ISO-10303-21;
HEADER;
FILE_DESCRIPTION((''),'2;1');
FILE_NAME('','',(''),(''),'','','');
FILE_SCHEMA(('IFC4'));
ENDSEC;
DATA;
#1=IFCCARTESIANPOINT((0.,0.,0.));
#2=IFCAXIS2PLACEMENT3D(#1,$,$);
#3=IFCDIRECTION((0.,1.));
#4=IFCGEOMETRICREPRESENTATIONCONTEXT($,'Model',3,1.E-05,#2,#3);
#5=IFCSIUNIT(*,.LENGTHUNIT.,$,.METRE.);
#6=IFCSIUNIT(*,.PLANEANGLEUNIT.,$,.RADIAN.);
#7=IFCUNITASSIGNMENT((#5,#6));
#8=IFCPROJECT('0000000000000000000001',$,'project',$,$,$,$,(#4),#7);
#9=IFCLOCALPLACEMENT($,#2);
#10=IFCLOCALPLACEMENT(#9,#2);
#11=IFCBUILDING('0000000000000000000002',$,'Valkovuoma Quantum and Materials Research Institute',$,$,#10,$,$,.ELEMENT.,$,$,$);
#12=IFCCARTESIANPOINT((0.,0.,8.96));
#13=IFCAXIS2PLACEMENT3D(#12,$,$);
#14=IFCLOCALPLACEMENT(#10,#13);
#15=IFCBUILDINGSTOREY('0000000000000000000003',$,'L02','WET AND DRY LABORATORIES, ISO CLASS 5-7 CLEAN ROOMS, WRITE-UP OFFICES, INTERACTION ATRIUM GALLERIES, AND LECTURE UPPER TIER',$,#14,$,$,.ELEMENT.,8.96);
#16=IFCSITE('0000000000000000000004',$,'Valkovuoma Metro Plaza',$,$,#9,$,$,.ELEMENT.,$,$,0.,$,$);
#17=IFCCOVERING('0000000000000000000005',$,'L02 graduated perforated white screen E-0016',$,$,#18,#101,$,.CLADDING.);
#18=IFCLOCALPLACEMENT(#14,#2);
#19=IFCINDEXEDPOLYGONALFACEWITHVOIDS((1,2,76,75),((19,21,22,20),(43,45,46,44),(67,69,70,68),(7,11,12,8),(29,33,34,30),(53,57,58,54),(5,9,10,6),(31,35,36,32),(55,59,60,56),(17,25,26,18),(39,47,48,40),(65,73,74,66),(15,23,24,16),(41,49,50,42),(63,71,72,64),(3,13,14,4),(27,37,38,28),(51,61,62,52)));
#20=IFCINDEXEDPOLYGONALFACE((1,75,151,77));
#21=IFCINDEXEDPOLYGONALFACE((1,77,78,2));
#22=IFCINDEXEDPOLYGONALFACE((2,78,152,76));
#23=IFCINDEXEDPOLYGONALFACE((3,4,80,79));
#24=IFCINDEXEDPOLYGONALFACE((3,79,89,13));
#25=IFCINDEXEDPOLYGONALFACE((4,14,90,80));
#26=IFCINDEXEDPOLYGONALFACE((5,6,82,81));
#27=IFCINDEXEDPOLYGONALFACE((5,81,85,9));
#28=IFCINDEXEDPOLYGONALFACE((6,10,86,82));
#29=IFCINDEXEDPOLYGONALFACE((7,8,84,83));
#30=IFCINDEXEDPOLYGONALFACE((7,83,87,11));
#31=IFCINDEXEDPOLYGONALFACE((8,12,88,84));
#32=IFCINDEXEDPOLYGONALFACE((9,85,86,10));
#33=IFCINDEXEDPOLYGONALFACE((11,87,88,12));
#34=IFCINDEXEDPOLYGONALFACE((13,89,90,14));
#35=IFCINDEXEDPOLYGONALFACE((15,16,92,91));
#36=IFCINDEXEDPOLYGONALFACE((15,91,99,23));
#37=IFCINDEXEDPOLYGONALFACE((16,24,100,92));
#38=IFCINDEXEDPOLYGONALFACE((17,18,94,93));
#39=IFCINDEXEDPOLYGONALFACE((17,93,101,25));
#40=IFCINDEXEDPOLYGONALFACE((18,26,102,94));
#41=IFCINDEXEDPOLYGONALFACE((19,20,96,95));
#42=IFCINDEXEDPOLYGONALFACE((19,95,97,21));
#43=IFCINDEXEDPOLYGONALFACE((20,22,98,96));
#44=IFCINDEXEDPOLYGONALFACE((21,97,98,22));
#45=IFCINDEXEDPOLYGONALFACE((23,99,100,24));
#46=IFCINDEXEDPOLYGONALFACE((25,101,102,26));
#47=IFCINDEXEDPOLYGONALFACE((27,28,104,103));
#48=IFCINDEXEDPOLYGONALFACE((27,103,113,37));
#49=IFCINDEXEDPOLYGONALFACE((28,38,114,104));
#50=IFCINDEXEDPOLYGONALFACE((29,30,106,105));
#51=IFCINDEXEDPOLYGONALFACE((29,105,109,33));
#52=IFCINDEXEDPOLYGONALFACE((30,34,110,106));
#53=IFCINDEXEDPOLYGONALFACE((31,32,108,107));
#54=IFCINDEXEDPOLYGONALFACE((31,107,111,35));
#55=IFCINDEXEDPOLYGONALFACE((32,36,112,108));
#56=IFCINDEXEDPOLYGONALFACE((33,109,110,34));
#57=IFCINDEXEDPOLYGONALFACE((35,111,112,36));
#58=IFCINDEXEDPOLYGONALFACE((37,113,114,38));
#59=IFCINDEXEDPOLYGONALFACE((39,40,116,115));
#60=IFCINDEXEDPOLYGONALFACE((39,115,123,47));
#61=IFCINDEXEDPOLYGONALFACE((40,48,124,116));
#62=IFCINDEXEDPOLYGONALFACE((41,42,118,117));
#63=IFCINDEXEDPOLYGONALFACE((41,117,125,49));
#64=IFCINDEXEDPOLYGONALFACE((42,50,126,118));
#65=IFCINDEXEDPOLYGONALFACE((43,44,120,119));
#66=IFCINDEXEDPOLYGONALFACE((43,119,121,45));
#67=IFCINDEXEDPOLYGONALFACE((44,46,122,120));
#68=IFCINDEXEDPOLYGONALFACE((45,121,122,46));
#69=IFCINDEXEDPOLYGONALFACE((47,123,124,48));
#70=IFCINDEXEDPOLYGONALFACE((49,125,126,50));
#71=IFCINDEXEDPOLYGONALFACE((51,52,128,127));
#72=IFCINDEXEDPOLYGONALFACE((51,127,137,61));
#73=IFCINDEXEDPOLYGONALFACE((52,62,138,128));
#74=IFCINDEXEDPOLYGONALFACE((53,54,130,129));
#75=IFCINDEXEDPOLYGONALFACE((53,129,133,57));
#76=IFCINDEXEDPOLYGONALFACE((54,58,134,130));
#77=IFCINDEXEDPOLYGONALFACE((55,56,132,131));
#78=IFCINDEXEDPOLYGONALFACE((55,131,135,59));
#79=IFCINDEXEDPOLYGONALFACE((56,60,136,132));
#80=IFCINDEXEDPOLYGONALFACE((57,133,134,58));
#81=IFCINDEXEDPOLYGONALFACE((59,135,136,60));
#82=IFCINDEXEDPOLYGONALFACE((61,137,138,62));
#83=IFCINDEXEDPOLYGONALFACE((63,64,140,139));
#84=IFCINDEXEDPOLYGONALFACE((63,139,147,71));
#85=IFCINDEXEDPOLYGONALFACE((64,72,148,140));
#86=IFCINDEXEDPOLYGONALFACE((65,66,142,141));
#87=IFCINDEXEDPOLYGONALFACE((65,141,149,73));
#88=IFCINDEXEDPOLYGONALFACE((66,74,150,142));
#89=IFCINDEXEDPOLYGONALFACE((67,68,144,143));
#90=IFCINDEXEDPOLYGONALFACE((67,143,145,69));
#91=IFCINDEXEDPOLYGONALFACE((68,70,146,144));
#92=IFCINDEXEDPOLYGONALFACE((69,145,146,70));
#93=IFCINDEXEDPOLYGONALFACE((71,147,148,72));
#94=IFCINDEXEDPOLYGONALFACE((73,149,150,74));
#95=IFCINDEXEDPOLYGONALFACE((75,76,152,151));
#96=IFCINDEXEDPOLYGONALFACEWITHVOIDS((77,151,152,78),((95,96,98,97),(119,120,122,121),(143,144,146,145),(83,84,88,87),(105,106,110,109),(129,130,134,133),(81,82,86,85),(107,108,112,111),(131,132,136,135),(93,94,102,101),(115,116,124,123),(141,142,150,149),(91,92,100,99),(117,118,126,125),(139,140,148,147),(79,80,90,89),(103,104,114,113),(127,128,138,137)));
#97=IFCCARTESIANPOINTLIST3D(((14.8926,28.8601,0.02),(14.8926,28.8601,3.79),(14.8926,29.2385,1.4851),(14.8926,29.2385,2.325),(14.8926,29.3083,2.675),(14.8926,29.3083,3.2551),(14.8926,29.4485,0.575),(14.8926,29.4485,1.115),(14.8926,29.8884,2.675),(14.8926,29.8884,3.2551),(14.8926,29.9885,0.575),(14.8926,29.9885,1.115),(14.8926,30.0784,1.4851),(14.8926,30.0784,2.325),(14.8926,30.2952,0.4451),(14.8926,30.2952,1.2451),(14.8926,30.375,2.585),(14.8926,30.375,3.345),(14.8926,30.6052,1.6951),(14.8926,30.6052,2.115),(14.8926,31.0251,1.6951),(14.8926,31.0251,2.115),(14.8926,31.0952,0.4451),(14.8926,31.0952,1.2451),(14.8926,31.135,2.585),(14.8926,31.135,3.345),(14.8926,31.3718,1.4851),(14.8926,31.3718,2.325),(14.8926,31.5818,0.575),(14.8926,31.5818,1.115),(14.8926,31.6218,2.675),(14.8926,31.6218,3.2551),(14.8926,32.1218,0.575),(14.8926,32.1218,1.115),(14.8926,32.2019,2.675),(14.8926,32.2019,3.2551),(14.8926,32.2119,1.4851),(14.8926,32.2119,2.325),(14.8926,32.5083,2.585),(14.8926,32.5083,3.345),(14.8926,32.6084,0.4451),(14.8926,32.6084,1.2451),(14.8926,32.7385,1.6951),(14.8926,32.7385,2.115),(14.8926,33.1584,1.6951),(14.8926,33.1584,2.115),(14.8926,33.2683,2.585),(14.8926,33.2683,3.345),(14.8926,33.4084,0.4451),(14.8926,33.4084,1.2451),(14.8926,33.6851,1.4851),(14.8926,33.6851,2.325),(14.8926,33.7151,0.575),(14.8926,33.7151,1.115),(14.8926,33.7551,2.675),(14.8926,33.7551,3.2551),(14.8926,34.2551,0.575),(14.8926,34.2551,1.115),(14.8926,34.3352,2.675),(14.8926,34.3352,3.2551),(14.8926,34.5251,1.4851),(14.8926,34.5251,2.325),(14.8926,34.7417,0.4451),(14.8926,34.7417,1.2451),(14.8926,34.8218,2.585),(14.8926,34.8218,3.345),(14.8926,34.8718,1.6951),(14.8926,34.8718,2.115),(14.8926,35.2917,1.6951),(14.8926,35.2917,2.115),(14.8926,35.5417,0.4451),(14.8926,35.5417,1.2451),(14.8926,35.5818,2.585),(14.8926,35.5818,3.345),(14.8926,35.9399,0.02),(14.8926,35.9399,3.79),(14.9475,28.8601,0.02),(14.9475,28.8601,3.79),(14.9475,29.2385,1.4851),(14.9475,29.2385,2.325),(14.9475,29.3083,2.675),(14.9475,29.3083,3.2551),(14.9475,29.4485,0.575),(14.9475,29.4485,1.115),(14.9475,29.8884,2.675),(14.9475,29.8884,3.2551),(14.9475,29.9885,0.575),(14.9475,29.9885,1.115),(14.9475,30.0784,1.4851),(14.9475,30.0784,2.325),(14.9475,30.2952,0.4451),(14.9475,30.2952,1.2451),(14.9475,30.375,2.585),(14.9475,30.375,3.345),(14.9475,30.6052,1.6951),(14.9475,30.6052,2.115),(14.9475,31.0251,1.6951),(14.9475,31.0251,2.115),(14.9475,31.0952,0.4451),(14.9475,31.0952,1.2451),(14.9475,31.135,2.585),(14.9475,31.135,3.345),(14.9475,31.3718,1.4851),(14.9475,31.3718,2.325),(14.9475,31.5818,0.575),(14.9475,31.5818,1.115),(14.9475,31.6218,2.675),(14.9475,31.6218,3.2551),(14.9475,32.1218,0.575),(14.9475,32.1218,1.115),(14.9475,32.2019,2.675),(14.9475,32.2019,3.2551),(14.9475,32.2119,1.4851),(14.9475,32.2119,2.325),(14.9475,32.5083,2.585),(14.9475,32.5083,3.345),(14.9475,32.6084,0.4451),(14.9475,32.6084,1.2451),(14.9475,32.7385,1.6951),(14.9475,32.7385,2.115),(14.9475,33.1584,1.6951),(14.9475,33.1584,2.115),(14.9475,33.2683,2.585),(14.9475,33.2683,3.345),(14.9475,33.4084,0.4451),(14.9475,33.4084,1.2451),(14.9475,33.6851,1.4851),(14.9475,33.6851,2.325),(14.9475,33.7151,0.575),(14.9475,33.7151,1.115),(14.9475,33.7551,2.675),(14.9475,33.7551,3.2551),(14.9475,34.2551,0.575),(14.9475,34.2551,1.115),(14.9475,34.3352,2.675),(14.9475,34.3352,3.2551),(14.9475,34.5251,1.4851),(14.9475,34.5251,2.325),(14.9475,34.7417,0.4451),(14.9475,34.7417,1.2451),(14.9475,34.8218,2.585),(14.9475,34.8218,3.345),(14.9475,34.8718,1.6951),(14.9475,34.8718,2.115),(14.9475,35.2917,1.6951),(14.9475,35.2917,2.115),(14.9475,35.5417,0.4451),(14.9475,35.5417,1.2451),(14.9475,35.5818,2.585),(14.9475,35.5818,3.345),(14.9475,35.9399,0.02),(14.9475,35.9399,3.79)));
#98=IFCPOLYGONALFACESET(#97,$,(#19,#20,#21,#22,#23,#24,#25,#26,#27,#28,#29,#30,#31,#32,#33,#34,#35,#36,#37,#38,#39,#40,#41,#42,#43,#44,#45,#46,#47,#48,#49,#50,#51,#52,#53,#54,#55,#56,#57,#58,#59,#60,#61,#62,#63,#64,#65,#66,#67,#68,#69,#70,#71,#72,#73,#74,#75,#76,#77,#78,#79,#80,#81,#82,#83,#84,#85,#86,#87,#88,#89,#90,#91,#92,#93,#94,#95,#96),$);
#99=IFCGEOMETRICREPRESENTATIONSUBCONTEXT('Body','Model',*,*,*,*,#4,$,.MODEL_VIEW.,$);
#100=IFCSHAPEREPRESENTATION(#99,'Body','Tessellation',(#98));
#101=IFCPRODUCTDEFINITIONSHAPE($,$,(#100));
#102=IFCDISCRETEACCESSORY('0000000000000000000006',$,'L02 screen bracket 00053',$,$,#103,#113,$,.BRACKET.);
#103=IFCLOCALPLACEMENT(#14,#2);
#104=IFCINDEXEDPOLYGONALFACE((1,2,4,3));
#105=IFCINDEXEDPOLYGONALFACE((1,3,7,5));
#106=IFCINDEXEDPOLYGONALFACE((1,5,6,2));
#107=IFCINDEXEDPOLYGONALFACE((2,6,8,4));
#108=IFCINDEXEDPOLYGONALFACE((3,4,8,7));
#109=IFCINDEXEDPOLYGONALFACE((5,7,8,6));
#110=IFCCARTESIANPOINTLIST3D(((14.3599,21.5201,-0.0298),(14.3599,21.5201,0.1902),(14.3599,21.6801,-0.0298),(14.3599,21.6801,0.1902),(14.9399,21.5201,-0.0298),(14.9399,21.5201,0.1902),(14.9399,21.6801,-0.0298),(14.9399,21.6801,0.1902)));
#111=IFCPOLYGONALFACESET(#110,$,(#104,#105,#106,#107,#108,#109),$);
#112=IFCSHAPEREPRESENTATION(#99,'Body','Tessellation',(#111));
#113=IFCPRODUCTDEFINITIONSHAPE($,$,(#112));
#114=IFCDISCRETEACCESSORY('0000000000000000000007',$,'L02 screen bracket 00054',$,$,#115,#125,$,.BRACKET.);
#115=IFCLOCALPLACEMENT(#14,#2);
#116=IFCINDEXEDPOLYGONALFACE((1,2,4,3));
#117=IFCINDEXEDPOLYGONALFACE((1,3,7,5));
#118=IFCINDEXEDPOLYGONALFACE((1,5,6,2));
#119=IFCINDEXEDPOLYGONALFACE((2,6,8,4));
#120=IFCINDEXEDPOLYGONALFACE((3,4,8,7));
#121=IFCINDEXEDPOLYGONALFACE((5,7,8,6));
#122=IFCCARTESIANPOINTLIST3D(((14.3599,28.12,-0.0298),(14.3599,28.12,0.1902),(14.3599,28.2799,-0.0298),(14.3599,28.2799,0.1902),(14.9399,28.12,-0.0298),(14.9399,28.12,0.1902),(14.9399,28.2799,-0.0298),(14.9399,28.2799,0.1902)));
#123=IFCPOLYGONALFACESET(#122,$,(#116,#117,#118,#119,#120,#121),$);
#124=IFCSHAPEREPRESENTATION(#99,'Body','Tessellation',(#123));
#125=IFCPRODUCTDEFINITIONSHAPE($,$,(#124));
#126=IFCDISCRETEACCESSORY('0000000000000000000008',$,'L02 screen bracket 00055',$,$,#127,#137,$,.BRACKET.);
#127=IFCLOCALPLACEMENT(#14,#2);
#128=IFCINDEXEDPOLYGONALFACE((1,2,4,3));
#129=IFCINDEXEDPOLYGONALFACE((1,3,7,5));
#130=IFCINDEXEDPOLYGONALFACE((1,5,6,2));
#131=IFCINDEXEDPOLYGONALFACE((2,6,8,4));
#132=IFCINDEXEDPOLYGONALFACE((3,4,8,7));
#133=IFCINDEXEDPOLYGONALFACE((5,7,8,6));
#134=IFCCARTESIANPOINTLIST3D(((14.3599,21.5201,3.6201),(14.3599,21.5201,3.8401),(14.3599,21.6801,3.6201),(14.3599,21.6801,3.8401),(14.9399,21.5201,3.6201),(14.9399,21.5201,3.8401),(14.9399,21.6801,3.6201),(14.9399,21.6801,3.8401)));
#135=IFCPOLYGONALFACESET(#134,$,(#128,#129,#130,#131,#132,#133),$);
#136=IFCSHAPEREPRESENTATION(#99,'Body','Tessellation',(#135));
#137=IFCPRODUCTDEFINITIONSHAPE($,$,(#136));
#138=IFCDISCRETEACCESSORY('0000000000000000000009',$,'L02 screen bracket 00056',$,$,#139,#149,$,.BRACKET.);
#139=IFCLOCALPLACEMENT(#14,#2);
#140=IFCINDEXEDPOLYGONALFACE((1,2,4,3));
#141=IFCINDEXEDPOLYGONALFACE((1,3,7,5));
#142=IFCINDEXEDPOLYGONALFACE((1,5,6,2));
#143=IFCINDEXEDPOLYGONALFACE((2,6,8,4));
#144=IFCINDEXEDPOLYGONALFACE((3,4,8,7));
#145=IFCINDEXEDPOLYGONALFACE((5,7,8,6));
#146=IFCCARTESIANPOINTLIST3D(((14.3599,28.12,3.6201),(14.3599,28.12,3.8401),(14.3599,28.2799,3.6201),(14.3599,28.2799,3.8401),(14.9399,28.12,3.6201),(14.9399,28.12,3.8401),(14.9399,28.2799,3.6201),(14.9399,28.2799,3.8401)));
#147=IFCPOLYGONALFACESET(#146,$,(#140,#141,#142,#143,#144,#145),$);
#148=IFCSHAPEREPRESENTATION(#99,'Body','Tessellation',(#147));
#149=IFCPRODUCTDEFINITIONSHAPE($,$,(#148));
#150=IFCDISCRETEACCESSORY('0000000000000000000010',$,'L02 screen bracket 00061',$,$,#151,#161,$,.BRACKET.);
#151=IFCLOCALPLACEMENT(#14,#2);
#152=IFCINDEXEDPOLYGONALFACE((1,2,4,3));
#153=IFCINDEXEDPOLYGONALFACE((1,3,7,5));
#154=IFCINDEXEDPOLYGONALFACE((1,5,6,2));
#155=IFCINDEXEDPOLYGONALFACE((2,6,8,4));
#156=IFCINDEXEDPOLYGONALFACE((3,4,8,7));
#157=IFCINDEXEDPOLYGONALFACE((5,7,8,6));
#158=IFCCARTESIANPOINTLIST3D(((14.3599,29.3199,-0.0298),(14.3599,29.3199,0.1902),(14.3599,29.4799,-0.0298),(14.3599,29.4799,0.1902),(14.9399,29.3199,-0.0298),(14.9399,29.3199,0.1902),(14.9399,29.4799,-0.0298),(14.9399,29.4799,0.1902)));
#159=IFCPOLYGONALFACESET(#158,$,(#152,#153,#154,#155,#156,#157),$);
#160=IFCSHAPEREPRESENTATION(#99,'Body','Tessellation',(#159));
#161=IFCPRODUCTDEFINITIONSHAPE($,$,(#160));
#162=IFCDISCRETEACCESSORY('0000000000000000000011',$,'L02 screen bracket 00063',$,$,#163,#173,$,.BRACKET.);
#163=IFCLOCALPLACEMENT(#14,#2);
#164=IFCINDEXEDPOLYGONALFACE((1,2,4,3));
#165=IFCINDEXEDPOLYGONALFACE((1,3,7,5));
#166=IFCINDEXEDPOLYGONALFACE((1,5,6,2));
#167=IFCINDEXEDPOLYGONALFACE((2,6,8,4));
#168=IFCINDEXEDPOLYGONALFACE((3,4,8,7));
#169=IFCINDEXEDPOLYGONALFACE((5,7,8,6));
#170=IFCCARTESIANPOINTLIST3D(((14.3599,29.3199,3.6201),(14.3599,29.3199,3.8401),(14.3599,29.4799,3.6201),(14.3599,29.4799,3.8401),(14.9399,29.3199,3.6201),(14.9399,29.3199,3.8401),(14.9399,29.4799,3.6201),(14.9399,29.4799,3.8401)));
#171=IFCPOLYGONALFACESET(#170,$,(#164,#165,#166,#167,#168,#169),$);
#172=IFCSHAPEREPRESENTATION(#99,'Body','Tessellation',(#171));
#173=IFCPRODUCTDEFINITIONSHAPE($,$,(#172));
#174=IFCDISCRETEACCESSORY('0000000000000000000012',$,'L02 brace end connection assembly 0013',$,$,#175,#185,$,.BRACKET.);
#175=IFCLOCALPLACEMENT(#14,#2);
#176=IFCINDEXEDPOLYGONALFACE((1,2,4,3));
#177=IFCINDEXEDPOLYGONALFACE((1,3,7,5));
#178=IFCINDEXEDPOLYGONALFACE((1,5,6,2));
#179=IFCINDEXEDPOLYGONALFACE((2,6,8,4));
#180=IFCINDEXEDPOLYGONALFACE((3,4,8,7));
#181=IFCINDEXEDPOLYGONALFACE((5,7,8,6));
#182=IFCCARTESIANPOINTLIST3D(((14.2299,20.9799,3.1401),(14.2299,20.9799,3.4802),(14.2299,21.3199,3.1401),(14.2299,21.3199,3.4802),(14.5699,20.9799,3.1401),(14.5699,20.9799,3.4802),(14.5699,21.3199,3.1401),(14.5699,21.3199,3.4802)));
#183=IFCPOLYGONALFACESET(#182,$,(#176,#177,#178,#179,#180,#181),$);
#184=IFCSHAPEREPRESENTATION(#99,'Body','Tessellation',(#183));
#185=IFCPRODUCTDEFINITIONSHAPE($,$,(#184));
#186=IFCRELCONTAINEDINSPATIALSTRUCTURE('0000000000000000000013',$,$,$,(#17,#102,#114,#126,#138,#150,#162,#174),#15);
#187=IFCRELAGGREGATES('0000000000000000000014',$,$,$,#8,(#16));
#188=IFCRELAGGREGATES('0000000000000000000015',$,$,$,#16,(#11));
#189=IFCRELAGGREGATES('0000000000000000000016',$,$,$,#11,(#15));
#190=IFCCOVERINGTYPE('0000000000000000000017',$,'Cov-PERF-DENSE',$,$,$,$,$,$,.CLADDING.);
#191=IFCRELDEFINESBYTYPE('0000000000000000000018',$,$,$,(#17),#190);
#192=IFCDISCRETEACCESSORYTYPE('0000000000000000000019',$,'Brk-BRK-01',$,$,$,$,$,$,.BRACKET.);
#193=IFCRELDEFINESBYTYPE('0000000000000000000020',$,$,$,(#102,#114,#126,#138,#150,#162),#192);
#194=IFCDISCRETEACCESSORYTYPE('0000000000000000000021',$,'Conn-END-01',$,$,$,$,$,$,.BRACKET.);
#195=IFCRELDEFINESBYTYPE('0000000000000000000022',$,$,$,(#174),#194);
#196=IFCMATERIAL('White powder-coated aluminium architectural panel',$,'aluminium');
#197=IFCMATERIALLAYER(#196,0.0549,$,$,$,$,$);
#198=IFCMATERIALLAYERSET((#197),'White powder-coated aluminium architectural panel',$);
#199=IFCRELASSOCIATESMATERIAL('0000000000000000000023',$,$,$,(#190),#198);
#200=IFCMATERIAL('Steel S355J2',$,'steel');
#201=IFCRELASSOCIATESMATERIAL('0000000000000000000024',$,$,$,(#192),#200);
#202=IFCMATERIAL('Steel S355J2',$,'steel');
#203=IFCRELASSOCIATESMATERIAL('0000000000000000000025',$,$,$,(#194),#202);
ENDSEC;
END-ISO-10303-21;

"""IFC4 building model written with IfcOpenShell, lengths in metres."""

from ifc_helpers import new_model, si_unit, direction, frame, origin, origin_2d, place, context, subcontext, project, spatial, polyline, rectangle, outline, extrude, material, layer, layer_set, type_object, element, save


model = new_model("IFC4")

# Units and contexts
model_context = context("Model", 3, precision=1e-05, world=origin(), true_north=direction((0.0, 1.0)))
body_context = subcontext(model_context, "Body", "Model", "MODEL_VIEW")
ifc_project = project(units=[si_unit("LENGTHUNIT", "METRE"), si_unit("PLANEANGLEUNIT", "RADIAN")], contexts=[model_context])

# Site, building, storey
site_placement = place(None, origin())
site = spatial("IfcSite", under=ifc_project, at=site_placement, Name="Valkovuoma Metro Plaza", CompositionType="ELEMENT", RefElevation=0.0)
building_placement = place(site_placement, origin())
building = spatial("IfcBuilding", under=site, at=building_placement, Name="Valkovuoma Quantum and Materials Research Institute", CompositionType="ELEMENT")
storey_placement = place(building_placement, frame((0.0, 0.0, 8.96)))
storey = spatial("IfcBuildingStorey", under=building, at=storey_placement, Name="L02", Description="WET AND DRY LABORATORIES, ISO CLASS 5-7 CLEAN ROOMS, WRITE-UP OFFICES, INTERACTION ATRIUM GALLERIES, AND LECTURE UPPER TIER", CompositionType="ELEMENT", Elevation=8.96)

# Covering
ifc_material_1 = material(Name="White powder-coated aluminium architectural panel", Category="aluminium")
ifc_layer_1 = layer(ifc_material_1, 0.0549)
ifc_layer_set_1 = layer_set([ifc_layer_1], Name="White powder-coated aluminium architectural panel")
covering_type = type_object("IfcCoveringType", Name="Cov-PERF-DENSE", PredefinedType="CLADDING", material=ifc_layer_set_1)
covering_1_placement = place(storey_placement, frame((14.9199, 28.8601, 0.02), z_axis=(0.0, 0.0, 1.0), x_axis=(0.0, 1.0, 0.0)))
element("IfcCovering", 1, at=covering_1_placement, inside=storey, type_object=covering_type, Name="L02 graduated perforated white screen E-0016", PredefinedType="CLADDING", context=body_context, shape_type="SweptSolid", body=[
    extrude(outline(polyline([(0.0, 0.0), (7.0798, 0.0), (7.0798, 3.77), (0.0, 3.77), (0.0, 0.0)]), holes=[polyline([(0.5884, 0.5549), (0.5884, 1.095), (1.1284, 1.095), (1.1284, 0.5549), (0.5884, 0.5549)]), polyline([(0.3784, 1.4651), (0.3784, 2.3049), (1.2183, 2.3049), (1.2183, 1.4651), (0.3784, 1.4651)]), polyline([(0.4482, 2.655), (0.4482, 3.2351), (1.0283, 3.2351), (1.0283, 2.655), (0.4482, 2.655)]), polyline([(1.4351, 0.425), (1.4351, 1.2251), (2.2351, 1.2251), (2.2351, 0.425), (1.4351, 0.425)]), polyline([(1.7451, 1.675), (1.7451, 2.095), (2.165, 2.095), (2.165, 1.675), (1.7451, 1.675)]), polyline([(1.5149, 2.5649), (1.5149, 3.325), (2.2749, 3.325), (2.2749, 2.5649), (1.5149, 2.5649)]), polyline([(2.7217, 0.5549), (2.7217, 1.095), (3.2617, 1.095), (3.2617, 0.5549), (2.7217, 0.5549)]), polyline([(2.5117, 1.4651), (2.5117, 2.3049), (3.3518, 2.3049), (3.3518, 1.4651), (2.5117, 1.4651)]), polyline([(2.7617, 2.655), (2.7617, 3.2351), (3.3418, 3.2351), (3.3418, 2.655), (2.7617, 2.655)]), polyline([(3.7483, 0.425), (3.7483, 1.2251), (4.5483, 1.2251), (4.5483, 0.425), (3.7483, 0.425)]), polyline([(3.8784, 1.675), (3.8784, 2.095), (4.2983, 2.095), (4.2983, 1.675), (3.8784, 1.675)]), polyline([(3.6482, 2.5649), (3.6482, 3.325), (4.4082, 3.325), (4.4082, 2.5649), (3.6482, 2.5649)]), polyline([(4.855, 0.5549), (4.855, 1.095), (5.395, 1.095), (5.395, 0.5549), (4.855, 0.5549)]), polyline([(4.825, 1.4651), (4.825, 2.3049), (5.665, 2.3049), (5.665, 1.4651), (4.825, 1.4651)]), polyline([(4.895, 2.655), (4.895, 3.2351), (5.4751, 3.2351), (5.4751, 2.655), (4.895, 2.655)]), polyline([(5.8816, 0.425), (5.8816, 1.2251), (6.6816, 1.2251), (6.6816, 0.425), (5.8816, 0.425)]), polyline([(6.0117, 1.675), (6.0117, 2.095), (6.4316, 2.095), (6.4316, 1.675), (6.0117, 1.675)]), polyline([(5.9617, 2.5649), (5.9617, 3.325), (6.7217, 3.325), (6.7217, 2.5649), (5.9617, 2.5649)])]), frame((0.0, 0.0273, 0.0), z_axis=(0.0, -1.0, 0.0), x_axis=(1.0, 0.0, 0.0)), (0.0, 0.0, 1.0), 0.0549),
])

# Discrete accessories
ifc_material_2 = material(Name="Steel S355J2", Category="steel")
discrete_accessory_type_1 = type_object("IfcDiscreteAccessoryType", Name="Brk-BRK-01", PredefinedType="BRACKET", material=ifc_material_2)
for number, where, z_axis, x_axis, name in (
    (2, (14.6499, 21.6001, -0.0298), (0.0, 0.0, 1.0), (1.0, 0.0, 0.0), "L02 screen bracket 00053"),
    (3, (14.6499, 28.2, -0.0298), (0.0, 0.0, 1.0), (1.0, 0.0, 0.0), "L02 screen bracket 00054"),
    (4, (14.6499, 21.6001, 3.6201), (0.0, 0.0, 1.0), (1.0, 0.0, 0.0), "L02 screen bracket 00055"),
    (5, (14.6499, 28.2, 3.6201), (0.0, 0.0, 1.0), (1.0, 0.0, 0.0), "L02 screen bracket 00056"),
    (6, (14.6499, 29.3999, -0.0298), (0.0, 0.0, 1.0), (1.0, 0.0, 0.0), "L02 screen bracket 00061"),
    (7, (14.6499, 29.3999, 3.6201), (0.0, 0.0, 1.0), (1.0, 0.0, 0.0), "L02 screen bracket 00063"),
):
    element("IfcDiscreteAccessory", number, at=place(storey_placement, frame(where, z_axis=z_axis, x_axis=x_axis)), inside=storey, type_object=discrete_accessory_type_1, Name=name, PredefinedType="BRACKET", context=body_context, shape_type="SweptSolid", body=[
        extrude(rectangle(XDim=0.5801, YDim=0.1599, at=origin_2d()), origin(), (0.0, 0.0, 1.0), 0.22),
    ])
ifc_material_3 = material(Name="Steel S355J2", Category="steel")
discrete_accessory_type_2 = type_object("IfcDiscreteAccessoryType", Name="Conn-END-01", PredefinedType="BRACKET", material=ifc_material_3)
discrete_accessory_placement = place(storey_placement, frame((14.3999, 21.1499, 3.1401), z_axis=(0.0, 0.0, 1.0), x_axis=(1.0, 0.0, 0.0)))
element("IfcDiscreteAccessory", 8, at=discrete_accessory_placement, inside=storey, type_object=discrete_accessory_type_2, Name="L02 brace end connection assembly 0013", PredefinedType="BRACKET", context=body_context, shape_type="SweptSolid", body=[
    extrude(rectangle(XDim=0.3401, YDim=0.3401, at=origin_2d()), origin(), (0.0, 0.0, 1.0), 0.3401),
])

save(model, "model.ifc")
